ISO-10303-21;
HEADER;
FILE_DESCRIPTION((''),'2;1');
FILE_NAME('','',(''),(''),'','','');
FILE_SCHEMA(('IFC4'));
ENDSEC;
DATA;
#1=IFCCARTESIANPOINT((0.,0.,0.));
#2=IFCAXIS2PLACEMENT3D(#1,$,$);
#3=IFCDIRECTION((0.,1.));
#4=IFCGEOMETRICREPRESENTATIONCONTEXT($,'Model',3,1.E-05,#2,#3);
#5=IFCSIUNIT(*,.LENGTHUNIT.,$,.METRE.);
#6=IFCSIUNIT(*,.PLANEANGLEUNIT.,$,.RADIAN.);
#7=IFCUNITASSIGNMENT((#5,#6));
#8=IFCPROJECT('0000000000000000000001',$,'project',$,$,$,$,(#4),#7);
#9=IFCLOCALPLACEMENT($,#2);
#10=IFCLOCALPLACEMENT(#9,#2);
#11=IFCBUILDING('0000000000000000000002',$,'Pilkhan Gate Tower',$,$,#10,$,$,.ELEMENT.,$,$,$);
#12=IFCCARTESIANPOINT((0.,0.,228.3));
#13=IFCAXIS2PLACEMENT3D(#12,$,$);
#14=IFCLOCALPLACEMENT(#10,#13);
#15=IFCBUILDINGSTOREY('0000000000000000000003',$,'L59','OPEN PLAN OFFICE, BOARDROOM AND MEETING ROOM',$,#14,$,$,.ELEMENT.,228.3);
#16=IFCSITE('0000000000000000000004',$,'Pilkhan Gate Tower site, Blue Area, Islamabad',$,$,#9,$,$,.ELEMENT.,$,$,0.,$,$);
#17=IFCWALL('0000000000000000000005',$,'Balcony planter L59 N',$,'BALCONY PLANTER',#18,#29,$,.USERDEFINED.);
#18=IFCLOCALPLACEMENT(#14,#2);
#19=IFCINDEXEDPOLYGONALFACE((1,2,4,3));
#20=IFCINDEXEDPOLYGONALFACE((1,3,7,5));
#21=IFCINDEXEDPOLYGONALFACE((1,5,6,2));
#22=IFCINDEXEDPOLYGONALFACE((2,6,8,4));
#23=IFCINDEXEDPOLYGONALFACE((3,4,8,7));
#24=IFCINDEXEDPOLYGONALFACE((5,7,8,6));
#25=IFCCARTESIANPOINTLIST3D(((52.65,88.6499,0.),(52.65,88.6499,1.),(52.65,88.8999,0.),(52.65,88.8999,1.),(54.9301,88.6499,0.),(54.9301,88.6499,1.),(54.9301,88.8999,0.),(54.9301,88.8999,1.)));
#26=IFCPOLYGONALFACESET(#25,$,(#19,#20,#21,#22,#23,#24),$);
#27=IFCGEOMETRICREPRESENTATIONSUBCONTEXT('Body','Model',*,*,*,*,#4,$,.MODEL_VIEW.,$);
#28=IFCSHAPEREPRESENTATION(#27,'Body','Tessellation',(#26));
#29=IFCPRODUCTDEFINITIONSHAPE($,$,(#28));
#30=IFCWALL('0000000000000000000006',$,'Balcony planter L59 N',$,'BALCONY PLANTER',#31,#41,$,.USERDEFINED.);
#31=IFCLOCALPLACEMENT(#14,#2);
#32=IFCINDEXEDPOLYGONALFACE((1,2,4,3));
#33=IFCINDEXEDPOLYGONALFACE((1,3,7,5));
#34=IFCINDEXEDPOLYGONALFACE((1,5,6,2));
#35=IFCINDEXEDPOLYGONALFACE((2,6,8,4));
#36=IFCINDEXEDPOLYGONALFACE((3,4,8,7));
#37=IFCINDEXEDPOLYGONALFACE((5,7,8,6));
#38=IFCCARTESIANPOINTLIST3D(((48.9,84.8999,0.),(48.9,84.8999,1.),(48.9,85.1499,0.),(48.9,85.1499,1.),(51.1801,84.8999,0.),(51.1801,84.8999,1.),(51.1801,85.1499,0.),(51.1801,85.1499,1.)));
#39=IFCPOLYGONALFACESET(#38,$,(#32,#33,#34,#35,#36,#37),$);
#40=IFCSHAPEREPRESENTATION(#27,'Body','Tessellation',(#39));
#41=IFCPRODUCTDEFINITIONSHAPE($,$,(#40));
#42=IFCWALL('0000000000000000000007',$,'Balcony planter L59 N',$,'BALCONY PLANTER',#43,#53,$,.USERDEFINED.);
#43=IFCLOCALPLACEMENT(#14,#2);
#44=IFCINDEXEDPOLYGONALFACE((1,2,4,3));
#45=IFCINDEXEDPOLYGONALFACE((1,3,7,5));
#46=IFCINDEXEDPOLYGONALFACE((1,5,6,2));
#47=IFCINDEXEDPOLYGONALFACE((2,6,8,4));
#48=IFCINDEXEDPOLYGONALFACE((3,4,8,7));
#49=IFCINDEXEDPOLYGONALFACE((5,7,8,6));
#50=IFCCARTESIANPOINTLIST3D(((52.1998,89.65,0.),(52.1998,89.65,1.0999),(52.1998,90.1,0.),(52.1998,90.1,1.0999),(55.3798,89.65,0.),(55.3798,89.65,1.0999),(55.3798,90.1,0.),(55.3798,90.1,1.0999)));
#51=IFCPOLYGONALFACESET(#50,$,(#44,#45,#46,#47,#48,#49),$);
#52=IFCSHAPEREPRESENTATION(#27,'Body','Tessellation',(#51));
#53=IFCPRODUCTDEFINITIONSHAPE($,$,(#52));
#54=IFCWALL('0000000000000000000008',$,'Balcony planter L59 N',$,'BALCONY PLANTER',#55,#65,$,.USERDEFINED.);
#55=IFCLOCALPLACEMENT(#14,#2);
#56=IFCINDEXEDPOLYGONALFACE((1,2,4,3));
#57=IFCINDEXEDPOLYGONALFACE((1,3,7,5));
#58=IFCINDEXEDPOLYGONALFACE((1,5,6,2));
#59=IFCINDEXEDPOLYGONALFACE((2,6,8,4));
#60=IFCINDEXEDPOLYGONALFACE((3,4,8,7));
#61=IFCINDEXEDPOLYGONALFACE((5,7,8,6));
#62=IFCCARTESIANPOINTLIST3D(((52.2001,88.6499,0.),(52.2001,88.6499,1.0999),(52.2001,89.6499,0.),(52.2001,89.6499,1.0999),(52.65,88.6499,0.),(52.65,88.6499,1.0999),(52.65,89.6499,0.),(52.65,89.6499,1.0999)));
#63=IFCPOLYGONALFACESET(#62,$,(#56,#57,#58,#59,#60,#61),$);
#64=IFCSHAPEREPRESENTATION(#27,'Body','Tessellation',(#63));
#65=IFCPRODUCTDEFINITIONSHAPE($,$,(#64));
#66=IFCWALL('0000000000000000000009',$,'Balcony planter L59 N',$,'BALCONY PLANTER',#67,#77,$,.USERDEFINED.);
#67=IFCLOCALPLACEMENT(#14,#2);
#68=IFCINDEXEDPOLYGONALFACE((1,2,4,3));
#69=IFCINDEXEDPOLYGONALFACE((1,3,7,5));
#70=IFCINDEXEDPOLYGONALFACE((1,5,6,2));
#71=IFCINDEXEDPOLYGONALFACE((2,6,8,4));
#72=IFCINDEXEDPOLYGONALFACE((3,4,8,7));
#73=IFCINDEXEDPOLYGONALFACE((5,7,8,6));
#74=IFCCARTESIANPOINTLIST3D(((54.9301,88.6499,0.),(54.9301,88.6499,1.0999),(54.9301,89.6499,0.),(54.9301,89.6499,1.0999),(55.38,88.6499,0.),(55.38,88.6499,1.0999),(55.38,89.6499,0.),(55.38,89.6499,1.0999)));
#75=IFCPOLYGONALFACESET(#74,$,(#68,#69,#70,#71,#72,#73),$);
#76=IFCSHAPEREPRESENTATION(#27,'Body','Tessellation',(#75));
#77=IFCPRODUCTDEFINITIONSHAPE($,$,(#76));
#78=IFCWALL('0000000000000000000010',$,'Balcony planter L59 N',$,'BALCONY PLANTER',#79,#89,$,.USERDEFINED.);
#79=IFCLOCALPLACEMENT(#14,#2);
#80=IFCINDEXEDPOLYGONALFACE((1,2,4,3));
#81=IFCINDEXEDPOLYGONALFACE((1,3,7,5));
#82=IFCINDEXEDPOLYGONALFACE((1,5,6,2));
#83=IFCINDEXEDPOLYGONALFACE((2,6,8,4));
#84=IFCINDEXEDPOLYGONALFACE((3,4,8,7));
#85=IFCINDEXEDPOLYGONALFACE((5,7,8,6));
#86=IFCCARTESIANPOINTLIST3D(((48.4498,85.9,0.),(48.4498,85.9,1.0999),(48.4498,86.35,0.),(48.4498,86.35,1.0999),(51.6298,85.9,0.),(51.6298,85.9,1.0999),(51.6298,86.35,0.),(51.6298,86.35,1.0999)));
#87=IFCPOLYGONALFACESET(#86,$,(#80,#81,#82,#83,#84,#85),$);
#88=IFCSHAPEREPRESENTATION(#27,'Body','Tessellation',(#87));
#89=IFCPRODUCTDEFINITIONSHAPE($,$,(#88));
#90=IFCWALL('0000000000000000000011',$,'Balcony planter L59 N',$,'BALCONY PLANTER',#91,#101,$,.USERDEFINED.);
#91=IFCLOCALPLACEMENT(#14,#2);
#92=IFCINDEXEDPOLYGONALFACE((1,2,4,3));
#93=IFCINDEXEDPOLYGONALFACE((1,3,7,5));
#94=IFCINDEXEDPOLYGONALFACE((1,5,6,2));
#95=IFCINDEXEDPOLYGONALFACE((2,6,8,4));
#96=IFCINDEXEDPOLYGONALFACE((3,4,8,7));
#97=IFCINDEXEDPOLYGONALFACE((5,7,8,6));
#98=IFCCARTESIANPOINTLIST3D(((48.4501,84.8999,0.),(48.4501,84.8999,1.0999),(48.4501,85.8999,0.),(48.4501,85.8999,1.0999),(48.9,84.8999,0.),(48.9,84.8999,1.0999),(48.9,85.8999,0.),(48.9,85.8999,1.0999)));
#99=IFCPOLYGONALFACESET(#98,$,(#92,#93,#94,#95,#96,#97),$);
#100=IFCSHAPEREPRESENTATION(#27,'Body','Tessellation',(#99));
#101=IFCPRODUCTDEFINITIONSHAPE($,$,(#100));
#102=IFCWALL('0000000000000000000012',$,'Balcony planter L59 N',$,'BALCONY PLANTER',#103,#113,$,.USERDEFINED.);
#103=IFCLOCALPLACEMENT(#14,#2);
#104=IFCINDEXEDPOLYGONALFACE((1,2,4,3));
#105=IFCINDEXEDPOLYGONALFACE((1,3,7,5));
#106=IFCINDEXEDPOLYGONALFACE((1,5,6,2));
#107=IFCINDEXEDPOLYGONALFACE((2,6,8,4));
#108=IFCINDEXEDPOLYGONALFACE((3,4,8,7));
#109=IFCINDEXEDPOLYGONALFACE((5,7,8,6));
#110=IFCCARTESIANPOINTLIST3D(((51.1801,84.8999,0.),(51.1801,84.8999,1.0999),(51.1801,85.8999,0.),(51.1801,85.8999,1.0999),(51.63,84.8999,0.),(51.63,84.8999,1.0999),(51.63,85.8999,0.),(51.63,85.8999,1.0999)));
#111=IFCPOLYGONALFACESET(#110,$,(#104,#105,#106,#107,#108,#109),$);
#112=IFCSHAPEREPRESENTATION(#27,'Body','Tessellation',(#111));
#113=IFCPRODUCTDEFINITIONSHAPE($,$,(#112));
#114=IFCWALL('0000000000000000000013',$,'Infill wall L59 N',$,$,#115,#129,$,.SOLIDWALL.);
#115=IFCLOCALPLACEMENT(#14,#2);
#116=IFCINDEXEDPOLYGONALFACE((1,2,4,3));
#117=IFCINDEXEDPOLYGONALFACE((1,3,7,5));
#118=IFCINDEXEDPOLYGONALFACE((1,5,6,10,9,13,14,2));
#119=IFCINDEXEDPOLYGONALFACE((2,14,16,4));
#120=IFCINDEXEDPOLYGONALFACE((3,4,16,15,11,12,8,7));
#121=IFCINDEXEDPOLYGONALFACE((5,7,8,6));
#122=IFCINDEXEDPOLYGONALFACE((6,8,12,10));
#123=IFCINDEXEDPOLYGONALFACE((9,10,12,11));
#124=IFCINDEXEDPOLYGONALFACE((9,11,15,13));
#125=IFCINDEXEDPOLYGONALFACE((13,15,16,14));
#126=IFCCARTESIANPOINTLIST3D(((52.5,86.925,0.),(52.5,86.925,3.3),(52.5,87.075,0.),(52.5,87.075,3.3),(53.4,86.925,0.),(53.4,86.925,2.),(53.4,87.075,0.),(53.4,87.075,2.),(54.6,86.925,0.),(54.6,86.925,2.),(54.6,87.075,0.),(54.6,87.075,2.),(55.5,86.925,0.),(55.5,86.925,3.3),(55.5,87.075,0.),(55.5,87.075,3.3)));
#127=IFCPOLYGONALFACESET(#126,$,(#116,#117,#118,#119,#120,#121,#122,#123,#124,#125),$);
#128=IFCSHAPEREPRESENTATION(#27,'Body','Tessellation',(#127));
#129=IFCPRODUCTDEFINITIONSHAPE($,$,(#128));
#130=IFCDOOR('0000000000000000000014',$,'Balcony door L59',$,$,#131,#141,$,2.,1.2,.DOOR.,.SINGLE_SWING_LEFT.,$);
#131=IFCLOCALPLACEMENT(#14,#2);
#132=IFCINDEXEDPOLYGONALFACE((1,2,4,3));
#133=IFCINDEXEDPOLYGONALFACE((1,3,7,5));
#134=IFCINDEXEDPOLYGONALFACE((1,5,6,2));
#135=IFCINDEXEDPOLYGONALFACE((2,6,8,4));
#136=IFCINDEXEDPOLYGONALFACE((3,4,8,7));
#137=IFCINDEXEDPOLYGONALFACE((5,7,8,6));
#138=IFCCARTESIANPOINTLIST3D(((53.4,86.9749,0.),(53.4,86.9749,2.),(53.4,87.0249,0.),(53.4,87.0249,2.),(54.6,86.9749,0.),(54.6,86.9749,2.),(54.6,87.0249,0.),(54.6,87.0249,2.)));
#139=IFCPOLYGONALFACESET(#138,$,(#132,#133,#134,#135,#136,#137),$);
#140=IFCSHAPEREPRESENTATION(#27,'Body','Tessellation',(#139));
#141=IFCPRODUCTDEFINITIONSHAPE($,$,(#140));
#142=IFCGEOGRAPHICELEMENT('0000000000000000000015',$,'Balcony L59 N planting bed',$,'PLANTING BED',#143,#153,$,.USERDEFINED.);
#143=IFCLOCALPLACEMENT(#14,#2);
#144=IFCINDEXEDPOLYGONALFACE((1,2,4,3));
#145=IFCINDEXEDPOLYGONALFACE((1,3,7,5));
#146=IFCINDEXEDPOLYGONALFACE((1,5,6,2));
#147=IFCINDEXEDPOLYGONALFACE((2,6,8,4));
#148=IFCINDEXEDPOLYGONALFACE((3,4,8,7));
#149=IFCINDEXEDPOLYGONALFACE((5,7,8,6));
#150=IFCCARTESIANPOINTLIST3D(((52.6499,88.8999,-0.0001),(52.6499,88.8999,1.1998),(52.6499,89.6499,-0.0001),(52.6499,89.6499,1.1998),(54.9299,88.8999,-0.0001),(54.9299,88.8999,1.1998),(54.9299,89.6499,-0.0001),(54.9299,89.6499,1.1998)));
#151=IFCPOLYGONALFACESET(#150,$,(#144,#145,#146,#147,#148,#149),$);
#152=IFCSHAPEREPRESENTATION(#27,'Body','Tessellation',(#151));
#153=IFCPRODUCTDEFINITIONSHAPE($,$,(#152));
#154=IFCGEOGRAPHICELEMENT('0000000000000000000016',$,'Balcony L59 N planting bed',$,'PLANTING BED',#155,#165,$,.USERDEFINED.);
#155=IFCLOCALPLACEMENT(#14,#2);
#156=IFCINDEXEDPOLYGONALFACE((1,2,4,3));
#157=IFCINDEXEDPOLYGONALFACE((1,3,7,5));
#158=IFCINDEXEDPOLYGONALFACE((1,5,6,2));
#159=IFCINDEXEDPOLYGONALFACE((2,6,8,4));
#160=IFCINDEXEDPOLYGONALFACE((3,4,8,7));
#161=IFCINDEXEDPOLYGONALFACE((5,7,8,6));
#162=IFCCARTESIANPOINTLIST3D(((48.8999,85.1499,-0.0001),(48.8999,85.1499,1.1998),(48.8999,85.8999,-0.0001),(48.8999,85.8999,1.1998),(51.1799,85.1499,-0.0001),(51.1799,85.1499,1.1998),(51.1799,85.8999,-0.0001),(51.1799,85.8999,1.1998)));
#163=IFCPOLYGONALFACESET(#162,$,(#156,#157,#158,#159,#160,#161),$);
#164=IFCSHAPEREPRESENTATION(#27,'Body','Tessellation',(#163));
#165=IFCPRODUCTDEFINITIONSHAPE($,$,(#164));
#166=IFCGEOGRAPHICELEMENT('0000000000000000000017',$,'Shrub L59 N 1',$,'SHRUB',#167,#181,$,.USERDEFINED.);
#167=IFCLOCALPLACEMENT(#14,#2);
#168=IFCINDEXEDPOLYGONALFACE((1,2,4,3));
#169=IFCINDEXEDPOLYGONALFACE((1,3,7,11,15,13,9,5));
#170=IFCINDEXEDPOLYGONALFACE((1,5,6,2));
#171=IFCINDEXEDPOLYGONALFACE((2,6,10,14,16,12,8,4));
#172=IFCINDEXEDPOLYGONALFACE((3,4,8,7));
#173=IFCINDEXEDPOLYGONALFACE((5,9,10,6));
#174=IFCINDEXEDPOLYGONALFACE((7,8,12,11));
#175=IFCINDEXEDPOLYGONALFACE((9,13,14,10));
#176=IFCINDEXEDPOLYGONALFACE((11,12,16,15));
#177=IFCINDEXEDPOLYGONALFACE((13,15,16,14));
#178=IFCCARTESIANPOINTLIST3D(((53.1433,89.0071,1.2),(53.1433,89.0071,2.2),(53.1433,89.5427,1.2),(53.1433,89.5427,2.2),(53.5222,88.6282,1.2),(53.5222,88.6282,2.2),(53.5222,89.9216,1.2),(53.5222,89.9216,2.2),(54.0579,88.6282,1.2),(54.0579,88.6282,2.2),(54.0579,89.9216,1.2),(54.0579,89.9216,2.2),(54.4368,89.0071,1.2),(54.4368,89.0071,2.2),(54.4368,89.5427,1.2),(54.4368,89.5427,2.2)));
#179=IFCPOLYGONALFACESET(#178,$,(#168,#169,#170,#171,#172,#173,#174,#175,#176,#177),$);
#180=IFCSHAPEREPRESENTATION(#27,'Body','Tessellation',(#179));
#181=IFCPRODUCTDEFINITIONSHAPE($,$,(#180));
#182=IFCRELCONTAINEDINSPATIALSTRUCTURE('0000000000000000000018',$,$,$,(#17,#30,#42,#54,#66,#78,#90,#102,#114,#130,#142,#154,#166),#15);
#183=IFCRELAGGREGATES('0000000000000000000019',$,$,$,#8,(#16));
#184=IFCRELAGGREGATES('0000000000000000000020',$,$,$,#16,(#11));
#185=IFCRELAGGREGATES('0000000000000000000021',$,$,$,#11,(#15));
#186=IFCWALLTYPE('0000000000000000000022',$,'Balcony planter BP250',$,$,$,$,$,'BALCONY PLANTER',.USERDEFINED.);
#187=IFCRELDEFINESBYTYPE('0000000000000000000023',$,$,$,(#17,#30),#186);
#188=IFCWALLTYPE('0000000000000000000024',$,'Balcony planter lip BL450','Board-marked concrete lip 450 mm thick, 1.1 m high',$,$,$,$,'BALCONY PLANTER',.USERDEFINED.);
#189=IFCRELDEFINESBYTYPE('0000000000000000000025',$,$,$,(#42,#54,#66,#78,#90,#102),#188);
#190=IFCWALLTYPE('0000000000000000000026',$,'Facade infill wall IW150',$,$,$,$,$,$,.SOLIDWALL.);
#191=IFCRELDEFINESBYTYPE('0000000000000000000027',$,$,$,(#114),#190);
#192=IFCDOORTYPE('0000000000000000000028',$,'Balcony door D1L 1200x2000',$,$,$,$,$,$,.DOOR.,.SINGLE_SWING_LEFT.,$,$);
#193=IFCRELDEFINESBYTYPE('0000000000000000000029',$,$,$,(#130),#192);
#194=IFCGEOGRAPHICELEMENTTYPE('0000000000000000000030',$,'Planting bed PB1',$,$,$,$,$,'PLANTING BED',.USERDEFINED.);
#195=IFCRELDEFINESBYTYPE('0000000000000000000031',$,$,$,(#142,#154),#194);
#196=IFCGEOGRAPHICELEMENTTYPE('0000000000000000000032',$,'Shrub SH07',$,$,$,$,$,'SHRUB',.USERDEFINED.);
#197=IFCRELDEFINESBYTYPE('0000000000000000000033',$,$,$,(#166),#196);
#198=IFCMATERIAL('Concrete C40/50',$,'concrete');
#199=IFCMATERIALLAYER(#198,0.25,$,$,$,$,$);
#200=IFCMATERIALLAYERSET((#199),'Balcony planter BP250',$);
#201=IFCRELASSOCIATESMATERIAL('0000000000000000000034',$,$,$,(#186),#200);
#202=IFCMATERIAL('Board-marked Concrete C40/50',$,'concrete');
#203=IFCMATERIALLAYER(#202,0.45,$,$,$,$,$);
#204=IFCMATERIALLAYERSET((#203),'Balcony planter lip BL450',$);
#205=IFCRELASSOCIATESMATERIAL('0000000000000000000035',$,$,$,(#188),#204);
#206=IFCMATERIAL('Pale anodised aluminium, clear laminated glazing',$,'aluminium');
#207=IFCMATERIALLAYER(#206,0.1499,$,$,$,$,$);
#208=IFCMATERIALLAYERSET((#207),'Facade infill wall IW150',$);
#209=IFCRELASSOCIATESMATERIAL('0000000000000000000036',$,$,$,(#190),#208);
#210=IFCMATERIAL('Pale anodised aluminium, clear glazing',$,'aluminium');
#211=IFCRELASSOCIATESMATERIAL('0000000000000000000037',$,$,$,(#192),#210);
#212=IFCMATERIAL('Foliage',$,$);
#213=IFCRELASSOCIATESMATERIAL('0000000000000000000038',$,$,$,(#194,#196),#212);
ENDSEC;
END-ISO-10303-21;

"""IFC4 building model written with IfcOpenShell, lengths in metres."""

from ifc_helpers import new_model, si_unit, direction, frame, frame_2d, origin, origin_2d, place, context, subcontext, project, spatial, polyline, rectangle, outline, extrude, material, layer, layer_set, material_profile, profile_set, type_object, element, fill, save


model = new_model("IFC4")

# Units and contexts
model_context = context("Model", 3, precision=1e-05, world=origin(), true_north=direction((0.0, 1.0)))
body_context = subcontext(model_context, "Body", "Model", "MODEL_VIEW")
ifc_project = project(units=[si_unit("LENGTHUNIT", "METRE"), si_unit("PLANEANGLEUNIT", "RADIAN")], contexts=[model_context])

# Site, building, storey
site_placement = place(None, origin())
site = spatial("IfcSite", under=ifc_project, at=site_placement, Name="Pilkhan Gate Tower site, Blue Area, Islamabad", CompositionType="ELEMENT", RefElevation=0.0)
building_placement = place(site_placement, origin())
building = spatial("IfcBuilding", under=site, at=building_placement, Name="Pilkhan Gate Tower", CompositionType="ELEMENT")
storey_placement = place(building_placement, frame((0.0, 0.0, 228.3)))
storey = spatial("IfcBuildingStorey", under=building, at=storey_placement, Name="L59", Description="OPEN PLAN OFFICE, BOARDROOM AND MEETING ROOM", CompositionType="ELEMENT", Elevation=228.3)

# Walls
ifc_material_1 = material(Name="Concrete C40/50", Category="concrete")
ifc_layer_1 = layer(ifc_material_1, 0.25)
ifc_layer_set_1 = layer_set([ifc_layer_1], Name="Balcony planter BP250")
wall_type_1 = type_object("IfcWallType", Name="Balcony planter BP250", ElementType="BALCONY PLANTER", PredefinedType="USERDEFINED", material=ifc_layer_set_1)
for number, where, z_axis, x_axis, name in (
    (1, (52.6499, 88.7749, 0.0), (0.0, 0.0, 1.0), (1.0, 0.0, 0.0), "Balcony planter L59 N"),
    (2, (48.8999, 85.0249, 0.0), (0.0, 0.0, 1.0), (1.0, 0.0, 0.0), "Balcony planter L59 N"),
):
    element("IfcWall", number, at=place(storey_placement, frame(where, z_axis=z_axis, x_axis=x_axis)), inside=storey, type_object=wall_type_1, Name=name, ObjectType="BALCONY PLANTER", PredefinedType="USERDEFINED", context=body_context, shape_type="SweptSolid", body=[
        extrude(rectangle(XDim=2.28, YDim=0.25, at=frame_2d((1.1401, 0.0))), origin(), (0.0, 0.0, 1.0), 1.0),
    ])
ifc_material_2 = material(Name="Board-marked Concrete C40/50", Category="concrete")
ifc_layer_2 = layer(ifc_material_2, 0.45)
ifc_layer_set_2 = layer_set([ifc_layer_2], Name="Balcony planter lip BL450")
wall_type_2 = type_object("IfcWallType", Name="Balcony planter lip BL450", Description="Board-marked concrete lip 450 mm thick, 1.1 m high", ElementType="BALCONY PLANTER", PredefinedType="USERDEFINED", material=ifc_layer_set_2)
wall_1_placement = place(storey_placement, frame((52.2, 89.875, 0.0), z_axis=(0.0, 0.0, 1.0), x_axis=(1.0, 0.0, 0.0)))
element("IfcWall", 3, at=wall_1_placement, inside=storey, type_object=wall_type_2, Name="Balcony planter L59 N", ObjectType="BALCONY PLANTER", PredefinedType="USERDEFINED", context=body_context, shape_type="SweptSolid", body=[
    extrude(rectangle(XDim=3.1799, YDim=0.45, at=frame_2d((1.5898, 0.0))), origin(), (0.0, 0.0, 1.0), 1.0999),
])
for number, where, z_axis, x_axis, name in (
    (4, (52.425, 88.6499, 0.0), (0.0, 0.0, 1.0), (0.0, 1.0, 0.0), "Balcony planter L59 N"),
    (5, (55.155, 88.6499, 0.0), (0.0, 0.0, 1.0), (0.0, 1.0, 0.0), "Balcony planter L59 N"),
):
    element("IfcWall", number, at=place(storey_placement, frame(where, z_axis=z_axis, x_axis=x_axis)), inside=storey, type_object=wall_type_2, Name=name, ObjectType="BALCONY PLANTER", PredefinedType="USERDEFINED", context=body_context, shape_type="SweptSolid", body=[
        extrude(rectangle(XDim=1.0, YDim=0.45, at=frame_2d((0.5, 0.0))), origin(), (0.0, 0.0, 1.0), 1.0999),
    ])
wall_2_placement = place(storey_placement, frame((48.45, 86.125, 0.0), z_axis=(0.0, 0.0, 1.0), x_axis=(1.0, 0.0, 0.0)))
element("IfcWall", 6, at=wall_2_placement, inside=storey, type_object=wall_type_2, Name="Balcony planter L59 N", ObjectType="BALCONY PLANTER", PredefinedType="USERDEFINED", context=body_context, shape_type="SweptSolid", body=[
    extrude(rectangle(XDim=3.1799, YDim=0.45, at=frame_2d((1.5898, 0.0))), origin(), (0.0, 0.0, 1.0), 1.0999),
])
for number, where, z_axis, x_axis, name in (
    (7, (48.675, 84.8999, 0.0), (0.0, 0.0, 1.0), (0.0, 1.0, 0.0), "Balcony planter L59 N"),
    (8, (51.405, 84.8999, 0.0), (0.0, 0.0, 1.0), (0.0, 1.0, 0.0), "Balcony planter L59 N"),
):
    element("IfcWall", number, at=place(storey_placement, frame(where, z_axis=z_axis, x_axis=x_axis)), inside=storey, type_object=wall_type_2, Name=name, ObjectType="BALCONY PLANTER", PredefinedType="USERDEFINED", context=body_context, shape_type="SweptSolid", body=[
        extrude(rectangle(XDim=1.0, YDim=0.45, at=frame_2d((0.5, 0.0))), origin(), (0.0, 0.0, 1.0), 1.0999),
    ])

# Wall, opening, door
ifc_material_3 = material(Name="Pale anodised aluminium, clear laminated glazing", Category="aluminium")
ifc_layer_3 = layer(ifc_material_3, 0.1499)
ifc_layer_set_3 = layer_set([ifc_layer_3], Name="Facade infill wall IW150")
wall_type_3 = type_object("IfcWallType", Name="Facade infill wall IW150", PredefinedType="SOLIDWALL", material=ifc_layer_set_3)
wall_3_placement = place(storey_placement, frame((52.5, 87.0, 0.0), z_axis=(0.0, 0.0, 1.0), x_axis=(1.0, 0.0, 0.0)))
wall_3 = element("IfcWall", 9, at=wall_3_placement, inside=storey, type_object=wall_type_3, Name="Infill wall L59 N", PredefinedType="SOLIDWALL", context=body_context, shape_type="SweptSolid", body=[
    extrude(rectangle(XDim=3.0, YDim=0.1499, at=frame_2d((1.5, 0.0))), origin(), (0.0, 0.0, 1.0), 3.3),
])
opening_placement = place(wall_3_placement, frame((0.8999, 0.0, 0.0)))
opening = element("IfcOpeningElement", 10, at=opening_placement, cuts=wall_3, PredefinedType="OPENING", context=body_context, shape_type="SweptSolid", body=[
    extrude(rectangle(XDim=1.2, YDim=2.0, at=frame_2d((0.6001, 1.0))), frame((0.0, 0.085, 0.0), z_axis=(0.0, -1.0, 0.0), x_axis=(1.0, 0.0, 0.0)), (0.0, 0.0, 1.0), 0.1699),
])
ifc_material_4 = material(Name="Pale anodised aluminium, clear glazing", Category="aluminium")
door_type = type_object("IfcDoorType", Name="Balcony door D1L 1200x2000", OperationType="SINGLE_SWING_LEFT", PredefinedType="DOOR", material=ifc_material_4)
door_placement = place(opening_placement, origin())
door = element("IfcDoor", 11, at=door_placement, inside=storey, type_object=door_type, Name="Balcony door L59", OperationType="SINGLE_SWING_LEFT", OverallHeight=2.0, OverallWidth=1.2, PredefinedType="DOOR", context=body_context, shape_type="SweptSolid", body=[
    extrude(rectangle(XDim=1.2, YDim=2.0, at=frame_2d((0.6001, 1.0))), frame((0.0, 0.0249, 0.0), z_axis=(0.0, -1.0, 0.0), x_axis=(1.0, 0.0, 0.0)), (0.0, 0.0, 1.0), 0.05),
])
fill(opening, door)

# Geographic elements
ifc_material_5 = material(Name="Foliage")
ifc_material_profile_1 = material_profile(ifc_material_5, rectangle(XDim=0.75, YDim=1.2, at=origin_2d()), Name="Bed 750x1200")
ifc_profile_set_1 = profile_set([ifc_material_profile_1], Name="Foliage")
geographic_element_type_1 = type_object("IfcGeographicElementType", Name="Planting bed PB1", ElementType="PLANTING BED", PredefinedType="USERDEFINED", material=ifc_profile_set_1)
for number, where, z_axis, x_axis, name in (
    (12, (52.6499, 89.2749, 0.5999), (1.0, 0.0, 0.0), (0.0, 1.0, 0.0), "Balcony L59 N planting bed"),
    (13, (48.8999, 85.5249, 0.5999), (1.0, 0.0, 0.0), (0.0, 1.0, 0.0), "Balcony L59 N planting bed"),
):
    element("IfcGeographicElement", number, at=place(storey_placement, frame(where, z_axis=z_axis, x_axis=x_axis)), inside=storey, type_object=geographic_element_type_1, Name=name, ObjectType="PLANTING BED", PredefinedType="USERDEFINED", context=body_context, shape_type="SweptSolid", body=[
        extrude(rectangle(XDim=0.75, YDim=1.2, at=origin_2d()), origin(), (0.0, 0.0, 1.0), 2.28),
    ])
ifc_material_profile_2 = material_profile(ifc_material_5, outline(polyline([(0.6467, 0.2678), (0.2678, 0.6467), (-0.2678, 0.6467), (-0.6467, 0.2678), (-0.6467, -0.2678), (-0.2678, -0.6467), (0.2678, -0.6467), (0.6467, -0.2678), (0.6467, 0.2678)])), Name="Shrub D1.4")
ifc_profile_set_2 = profile_set([ifc_material_profile_2], Name="Foliage")
geographic_element_type_2 = type_object("IfcGeographicElementType", Name="Shrub SH07", ElementType="SHRUB", PredefinedType="USERDEFINED", material=ifc_profile_set_2)
for number, where, z_axis, x_axis, name in (
    (14, (53.79, 89.2749, 1.2), (0.0, 0.0, 1.0), (1.0, 0.0, 0.0), "Shrub L59 N 1"),
):
    element("IfcGeographicElement", number, at=place(storey_placement, frame(where, z_axis=z_axis, x_axis=x_axis)), inside=storey, type_object=geographic_element_type_2, Name=name, ObjectType="SHRUB", PredefinedType="USERDEFINED", context=body_context, shape_type="SweptSolid", body=[
        extrude(outline(polyline([(0.6467, 0.2678), (0.2678, 0.6467), (-0.2678, 0.6467), (-0.6467, 0.2678), (-0.6467, -0.2678), (-0.2678, -0.6467), (0.2678, -0.6467), (0.6467, -0.2678), (0.6467, 0.2678)])), origin(), (0.0, 0.0, 1.0), 1.0),
    ])

save(model, "model.ifc")
